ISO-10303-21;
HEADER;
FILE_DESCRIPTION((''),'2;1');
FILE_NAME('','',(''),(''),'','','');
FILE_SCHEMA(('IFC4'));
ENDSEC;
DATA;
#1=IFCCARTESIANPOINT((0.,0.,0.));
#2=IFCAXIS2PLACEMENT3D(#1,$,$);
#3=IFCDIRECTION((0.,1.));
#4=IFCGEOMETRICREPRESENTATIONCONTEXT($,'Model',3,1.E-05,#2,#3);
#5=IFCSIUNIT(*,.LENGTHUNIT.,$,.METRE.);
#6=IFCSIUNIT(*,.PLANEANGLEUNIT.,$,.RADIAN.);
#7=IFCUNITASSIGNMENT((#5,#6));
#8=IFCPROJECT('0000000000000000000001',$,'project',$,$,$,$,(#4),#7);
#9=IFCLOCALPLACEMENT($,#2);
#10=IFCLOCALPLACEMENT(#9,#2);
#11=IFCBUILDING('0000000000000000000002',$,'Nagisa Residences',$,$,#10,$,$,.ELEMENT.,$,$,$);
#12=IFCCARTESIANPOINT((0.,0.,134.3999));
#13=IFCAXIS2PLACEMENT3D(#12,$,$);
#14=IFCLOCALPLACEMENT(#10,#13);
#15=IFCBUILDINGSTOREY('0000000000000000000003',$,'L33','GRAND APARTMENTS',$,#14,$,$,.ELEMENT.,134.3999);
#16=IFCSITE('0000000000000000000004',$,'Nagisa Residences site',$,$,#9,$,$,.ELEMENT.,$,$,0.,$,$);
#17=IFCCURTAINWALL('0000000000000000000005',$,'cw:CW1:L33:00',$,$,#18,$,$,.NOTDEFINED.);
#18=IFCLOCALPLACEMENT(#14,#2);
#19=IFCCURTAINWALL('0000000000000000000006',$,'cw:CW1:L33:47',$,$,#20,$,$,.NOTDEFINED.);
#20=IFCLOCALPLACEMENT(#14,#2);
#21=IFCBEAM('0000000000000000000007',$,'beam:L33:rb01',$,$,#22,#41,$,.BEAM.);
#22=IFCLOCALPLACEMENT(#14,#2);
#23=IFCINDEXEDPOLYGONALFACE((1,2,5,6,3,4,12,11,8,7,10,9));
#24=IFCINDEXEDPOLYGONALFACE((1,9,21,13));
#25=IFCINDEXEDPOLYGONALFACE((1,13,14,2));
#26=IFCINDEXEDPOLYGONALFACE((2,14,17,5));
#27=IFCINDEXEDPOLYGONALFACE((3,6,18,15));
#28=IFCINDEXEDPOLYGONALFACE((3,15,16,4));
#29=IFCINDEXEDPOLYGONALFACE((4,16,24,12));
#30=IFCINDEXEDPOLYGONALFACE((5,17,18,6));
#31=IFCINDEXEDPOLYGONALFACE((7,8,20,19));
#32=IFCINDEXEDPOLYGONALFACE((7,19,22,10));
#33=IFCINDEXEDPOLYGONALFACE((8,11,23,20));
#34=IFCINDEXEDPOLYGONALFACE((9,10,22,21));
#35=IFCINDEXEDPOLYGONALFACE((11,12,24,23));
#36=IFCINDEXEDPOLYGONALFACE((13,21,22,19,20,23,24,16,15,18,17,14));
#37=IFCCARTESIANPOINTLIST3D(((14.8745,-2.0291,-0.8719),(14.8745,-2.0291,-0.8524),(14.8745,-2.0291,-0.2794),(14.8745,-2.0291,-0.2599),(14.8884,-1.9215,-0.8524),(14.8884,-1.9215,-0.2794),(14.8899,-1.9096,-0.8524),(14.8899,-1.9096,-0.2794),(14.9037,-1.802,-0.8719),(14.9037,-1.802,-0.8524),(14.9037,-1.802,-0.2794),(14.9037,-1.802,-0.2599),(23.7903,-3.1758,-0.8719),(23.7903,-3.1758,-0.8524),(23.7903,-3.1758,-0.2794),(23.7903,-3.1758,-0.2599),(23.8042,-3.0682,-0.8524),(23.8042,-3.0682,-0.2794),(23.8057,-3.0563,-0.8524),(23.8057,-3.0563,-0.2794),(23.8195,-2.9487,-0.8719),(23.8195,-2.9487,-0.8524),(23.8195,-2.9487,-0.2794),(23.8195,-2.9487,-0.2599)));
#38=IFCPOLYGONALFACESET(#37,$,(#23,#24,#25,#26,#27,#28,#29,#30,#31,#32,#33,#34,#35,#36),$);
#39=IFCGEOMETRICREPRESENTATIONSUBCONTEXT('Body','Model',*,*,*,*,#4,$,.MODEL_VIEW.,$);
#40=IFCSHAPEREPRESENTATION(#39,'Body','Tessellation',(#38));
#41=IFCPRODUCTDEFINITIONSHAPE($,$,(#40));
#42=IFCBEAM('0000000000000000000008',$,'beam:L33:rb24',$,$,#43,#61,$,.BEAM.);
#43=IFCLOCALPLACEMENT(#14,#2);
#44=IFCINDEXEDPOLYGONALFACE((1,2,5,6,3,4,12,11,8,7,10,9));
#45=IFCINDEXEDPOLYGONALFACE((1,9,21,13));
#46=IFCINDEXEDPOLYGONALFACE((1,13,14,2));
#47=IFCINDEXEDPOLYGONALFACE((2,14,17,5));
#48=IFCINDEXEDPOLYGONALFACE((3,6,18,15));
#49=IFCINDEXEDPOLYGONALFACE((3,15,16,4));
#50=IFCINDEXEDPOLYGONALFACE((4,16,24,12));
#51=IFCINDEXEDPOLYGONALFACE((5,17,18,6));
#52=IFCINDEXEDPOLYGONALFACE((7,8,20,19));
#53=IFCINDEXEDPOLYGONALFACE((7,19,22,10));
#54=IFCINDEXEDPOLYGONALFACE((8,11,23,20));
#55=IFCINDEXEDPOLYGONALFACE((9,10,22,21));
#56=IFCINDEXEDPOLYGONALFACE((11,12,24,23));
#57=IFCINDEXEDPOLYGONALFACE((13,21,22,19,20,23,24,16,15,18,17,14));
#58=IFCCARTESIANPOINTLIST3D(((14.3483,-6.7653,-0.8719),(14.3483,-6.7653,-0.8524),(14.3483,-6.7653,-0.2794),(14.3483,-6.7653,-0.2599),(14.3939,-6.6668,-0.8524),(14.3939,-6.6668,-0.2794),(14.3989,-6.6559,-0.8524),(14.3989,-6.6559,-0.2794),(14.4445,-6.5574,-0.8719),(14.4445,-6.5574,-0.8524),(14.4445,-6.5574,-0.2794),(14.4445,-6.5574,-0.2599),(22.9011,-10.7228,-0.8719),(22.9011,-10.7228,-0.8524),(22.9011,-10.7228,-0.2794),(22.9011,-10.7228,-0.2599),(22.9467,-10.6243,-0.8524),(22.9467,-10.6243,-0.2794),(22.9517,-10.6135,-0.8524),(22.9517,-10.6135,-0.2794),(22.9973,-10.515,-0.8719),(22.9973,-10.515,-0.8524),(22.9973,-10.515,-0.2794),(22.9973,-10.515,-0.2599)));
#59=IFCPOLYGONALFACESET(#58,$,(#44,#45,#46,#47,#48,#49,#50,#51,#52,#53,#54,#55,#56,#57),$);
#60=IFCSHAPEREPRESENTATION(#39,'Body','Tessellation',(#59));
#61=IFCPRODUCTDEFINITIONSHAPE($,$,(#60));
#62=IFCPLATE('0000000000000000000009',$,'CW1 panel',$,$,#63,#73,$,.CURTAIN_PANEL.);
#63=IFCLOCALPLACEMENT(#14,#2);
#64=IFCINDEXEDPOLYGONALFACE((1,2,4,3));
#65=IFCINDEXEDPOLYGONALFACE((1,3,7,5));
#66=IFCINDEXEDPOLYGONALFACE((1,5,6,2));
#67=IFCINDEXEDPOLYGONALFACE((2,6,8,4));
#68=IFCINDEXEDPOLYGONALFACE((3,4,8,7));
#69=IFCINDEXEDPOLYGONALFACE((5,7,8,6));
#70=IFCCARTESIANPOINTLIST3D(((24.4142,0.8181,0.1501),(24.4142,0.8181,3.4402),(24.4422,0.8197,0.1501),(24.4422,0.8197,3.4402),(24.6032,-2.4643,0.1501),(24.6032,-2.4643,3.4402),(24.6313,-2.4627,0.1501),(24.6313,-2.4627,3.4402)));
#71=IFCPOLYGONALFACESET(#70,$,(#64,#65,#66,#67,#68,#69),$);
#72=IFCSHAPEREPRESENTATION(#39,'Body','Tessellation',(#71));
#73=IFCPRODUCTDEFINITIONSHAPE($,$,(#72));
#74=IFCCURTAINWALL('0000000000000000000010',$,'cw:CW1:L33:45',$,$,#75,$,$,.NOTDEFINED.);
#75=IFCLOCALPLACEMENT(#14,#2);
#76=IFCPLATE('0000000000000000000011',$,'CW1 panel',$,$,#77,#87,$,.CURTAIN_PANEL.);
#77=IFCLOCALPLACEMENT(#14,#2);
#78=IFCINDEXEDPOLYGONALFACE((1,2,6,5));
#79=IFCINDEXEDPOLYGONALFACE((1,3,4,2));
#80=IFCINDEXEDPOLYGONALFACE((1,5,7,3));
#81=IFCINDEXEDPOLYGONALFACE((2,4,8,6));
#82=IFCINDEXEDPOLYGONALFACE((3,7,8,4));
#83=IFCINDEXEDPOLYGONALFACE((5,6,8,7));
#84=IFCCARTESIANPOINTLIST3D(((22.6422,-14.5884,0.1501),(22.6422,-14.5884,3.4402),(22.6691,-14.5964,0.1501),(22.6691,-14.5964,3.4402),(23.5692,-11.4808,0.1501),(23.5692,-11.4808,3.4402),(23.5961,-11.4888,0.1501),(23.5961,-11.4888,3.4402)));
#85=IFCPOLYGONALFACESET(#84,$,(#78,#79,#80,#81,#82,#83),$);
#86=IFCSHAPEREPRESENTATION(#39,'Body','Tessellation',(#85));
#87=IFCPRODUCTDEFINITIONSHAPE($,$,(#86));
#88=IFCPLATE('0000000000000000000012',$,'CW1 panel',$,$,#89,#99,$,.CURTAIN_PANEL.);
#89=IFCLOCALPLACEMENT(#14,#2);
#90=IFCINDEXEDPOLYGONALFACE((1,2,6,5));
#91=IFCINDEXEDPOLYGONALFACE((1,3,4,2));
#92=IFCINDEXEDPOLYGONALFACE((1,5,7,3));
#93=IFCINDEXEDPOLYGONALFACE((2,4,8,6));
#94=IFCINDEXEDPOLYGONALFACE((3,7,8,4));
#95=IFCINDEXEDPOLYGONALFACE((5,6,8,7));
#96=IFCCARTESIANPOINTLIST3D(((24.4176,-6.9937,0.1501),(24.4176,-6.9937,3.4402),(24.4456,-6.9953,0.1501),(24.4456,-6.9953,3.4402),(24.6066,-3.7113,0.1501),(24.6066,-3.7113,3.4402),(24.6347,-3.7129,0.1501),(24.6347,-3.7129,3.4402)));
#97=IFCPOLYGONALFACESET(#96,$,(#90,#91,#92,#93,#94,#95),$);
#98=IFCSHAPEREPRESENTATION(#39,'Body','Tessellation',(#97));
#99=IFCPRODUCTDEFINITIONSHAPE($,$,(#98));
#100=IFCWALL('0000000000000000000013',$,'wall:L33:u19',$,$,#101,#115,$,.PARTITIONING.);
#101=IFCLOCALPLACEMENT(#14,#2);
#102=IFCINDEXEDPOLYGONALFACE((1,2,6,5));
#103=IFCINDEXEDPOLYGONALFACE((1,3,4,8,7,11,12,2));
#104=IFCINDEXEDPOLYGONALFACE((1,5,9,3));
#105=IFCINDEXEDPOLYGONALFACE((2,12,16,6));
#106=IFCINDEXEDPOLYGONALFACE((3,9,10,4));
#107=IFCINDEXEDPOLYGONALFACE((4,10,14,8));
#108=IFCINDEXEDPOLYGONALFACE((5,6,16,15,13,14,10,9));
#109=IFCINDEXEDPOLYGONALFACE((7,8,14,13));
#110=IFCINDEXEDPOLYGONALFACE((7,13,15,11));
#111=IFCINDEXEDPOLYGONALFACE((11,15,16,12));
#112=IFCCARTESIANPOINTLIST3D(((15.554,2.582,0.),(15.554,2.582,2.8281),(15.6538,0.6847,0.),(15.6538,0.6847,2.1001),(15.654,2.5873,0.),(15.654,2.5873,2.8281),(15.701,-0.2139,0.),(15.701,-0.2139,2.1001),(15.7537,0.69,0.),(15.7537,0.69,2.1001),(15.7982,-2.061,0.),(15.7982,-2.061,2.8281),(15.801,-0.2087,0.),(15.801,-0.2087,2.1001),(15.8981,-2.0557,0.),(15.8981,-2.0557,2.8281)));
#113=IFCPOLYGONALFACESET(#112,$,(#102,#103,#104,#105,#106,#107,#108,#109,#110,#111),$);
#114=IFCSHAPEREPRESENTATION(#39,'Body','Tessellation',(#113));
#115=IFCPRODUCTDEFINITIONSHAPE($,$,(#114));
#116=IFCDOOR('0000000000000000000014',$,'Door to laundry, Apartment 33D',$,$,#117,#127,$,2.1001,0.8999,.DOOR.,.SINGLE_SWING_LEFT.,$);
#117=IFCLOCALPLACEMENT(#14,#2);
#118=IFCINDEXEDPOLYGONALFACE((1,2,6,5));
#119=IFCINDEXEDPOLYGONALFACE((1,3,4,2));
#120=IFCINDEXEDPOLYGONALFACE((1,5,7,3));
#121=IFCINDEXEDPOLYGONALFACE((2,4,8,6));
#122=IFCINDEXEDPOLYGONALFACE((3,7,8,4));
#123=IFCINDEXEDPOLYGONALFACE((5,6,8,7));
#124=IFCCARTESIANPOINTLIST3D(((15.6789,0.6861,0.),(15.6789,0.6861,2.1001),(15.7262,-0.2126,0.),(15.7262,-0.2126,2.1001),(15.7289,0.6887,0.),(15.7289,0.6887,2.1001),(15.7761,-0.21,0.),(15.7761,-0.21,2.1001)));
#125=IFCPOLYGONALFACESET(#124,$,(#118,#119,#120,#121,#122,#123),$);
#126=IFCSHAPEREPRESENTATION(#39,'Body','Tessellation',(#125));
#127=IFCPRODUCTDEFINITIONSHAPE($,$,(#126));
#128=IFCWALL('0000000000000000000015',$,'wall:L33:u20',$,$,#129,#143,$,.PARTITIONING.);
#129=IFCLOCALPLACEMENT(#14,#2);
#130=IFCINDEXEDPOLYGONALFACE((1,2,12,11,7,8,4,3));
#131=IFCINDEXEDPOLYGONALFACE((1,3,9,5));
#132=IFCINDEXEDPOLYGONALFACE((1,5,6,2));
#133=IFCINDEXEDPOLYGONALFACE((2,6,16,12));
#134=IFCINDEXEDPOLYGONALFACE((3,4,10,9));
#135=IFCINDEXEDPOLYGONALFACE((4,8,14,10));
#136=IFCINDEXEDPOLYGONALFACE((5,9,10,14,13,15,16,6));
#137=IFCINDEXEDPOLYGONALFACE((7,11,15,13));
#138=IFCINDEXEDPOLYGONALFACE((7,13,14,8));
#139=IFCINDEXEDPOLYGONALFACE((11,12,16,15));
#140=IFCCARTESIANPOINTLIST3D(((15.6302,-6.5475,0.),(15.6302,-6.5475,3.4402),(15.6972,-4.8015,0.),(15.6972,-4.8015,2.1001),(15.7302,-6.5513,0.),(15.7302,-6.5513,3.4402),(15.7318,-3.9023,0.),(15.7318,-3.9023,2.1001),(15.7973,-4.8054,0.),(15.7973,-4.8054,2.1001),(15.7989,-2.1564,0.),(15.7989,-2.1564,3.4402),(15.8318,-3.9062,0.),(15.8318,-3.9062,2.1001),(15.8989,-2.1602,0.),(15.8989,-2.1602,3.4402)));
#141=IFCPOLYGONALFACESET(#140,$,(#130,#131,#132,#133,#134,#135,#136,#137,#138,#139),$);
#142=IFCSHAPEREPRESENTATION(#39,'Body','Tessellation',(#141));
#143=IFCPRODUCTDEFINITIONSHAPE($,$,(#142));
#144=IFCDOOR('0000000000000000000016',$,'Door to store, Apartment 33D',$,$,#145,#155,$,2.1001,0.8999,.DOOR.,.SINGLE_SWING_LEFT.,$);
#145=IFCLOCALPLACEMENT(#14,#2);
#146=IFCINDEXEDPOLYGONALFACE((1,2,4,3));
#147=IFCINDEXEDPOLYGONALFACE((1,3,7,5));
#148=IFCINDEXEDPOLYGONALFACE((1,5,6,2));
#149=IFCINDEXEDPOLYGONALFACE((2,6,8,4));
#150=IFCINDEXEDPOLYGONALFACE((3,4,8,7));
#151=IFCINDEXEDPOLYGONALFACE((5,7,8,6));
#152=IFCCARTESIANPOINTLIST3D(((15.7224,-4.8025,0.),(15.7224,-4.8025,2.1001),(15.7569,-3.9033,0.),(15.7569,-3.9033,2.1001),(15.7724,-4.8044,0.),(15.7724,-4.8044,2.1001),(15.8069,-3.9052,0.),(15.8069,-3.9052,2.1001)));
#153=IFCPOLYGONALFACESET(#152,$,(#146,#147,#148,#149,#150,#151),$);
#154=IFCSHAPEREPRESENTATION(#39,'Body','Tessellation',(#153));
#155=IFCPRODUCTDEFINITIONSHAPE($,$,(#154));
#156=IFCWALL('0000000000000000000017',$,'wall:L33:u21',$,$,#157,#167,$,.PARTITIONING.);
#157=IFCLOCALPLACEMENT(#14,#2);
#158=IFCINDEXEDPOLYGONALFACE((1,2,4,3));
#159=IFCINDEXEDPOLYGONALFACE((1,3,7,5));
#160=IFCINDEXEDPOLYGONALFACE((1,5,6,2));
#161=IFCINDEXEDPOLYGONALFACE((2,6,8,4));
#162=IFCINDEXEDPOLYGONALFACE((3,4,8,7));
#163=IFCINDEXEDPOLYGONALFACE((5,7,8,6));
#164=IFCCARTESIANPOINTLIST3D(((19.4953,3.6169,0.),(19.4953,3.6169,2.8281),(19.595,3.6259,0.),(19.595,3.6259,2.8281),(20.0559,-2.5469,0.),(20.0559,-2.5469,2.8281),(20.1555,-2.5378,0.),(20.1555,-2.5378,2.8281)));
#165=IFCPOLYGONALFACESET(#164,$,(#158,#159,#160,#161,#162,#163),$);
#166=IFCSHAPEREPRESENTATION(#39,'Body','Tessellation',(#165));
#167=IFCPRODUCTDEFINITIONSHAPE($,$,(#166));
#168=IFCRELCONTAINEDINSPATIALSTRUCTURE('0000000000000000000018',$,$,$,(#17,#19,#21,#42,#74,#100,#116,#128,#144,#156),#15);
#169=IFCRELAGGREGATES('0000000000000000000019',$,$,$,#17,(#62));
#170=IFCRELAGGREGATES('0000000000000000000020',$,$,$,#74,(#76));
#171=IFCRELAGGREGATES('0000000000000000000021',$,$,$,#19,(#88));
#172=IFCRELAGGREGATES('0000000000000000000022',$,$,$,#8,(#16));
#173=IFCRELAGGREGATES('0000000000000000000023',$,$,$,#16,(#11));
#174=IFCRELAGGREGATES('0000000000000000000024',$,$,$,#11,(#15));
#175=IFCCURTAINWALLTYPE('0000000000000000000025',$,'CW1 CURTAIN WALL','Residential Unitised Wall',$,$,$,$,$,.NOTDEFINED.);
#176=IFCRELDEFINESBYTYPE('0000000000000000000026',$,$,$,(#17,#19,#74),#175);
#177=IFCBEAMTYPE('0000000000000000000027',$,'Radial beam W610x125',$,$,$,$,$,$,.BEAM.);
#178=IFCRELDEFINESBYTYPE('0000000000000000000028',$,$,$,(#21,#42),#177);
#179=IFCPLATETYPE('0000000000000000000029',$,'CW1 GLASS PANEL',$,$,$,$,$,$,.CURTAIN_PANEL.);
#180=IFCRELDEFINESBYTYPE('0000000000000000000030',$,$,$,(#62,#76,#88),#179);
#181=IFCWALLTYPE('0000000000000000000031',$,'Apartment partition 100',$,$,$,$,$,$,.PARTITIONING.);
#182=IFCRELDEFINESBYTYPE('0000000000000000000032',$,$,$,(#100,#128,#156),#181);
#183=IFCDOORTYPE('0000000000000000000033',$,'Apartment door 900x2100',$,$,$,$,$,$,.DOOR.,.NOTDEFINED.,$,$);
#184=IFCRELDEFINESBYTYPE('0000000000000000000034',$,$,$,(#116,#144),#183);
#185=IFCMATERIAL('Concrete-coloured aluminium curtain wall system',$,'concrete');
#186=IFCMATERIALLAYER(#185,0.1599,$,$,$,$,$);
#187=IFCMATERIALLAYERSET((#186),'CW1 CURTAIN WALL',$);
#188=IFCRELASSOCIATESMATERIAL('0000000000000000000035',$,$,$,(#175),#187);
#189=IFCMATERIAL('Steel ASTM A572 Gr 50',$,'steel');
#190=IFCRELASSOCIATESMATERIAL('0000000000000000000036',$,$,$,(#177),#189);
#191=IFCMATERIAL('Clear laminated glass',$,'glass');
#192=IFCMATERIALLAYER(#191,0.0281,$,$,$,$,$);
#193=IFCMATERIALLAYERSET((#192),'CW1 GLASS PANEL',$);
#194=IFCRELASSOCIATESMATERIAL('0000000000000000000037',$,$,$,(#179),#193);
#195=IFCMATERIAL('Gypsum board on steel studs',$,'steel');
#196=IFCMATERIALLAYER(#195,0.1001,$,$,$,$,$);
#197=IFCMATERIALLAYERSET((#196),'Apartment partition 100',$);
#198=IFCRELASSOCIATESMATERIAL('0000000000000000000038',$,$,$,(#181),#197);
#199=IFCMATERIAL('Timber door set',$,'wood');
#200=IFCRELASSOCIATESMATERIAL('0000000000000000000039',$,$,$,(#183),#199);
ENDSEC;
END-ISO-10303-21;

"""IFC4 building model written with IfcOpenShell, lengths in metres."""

from ifc_helpers import new_model, si_unit, direction, frame, frame_2d, origin, origin_2d, place, context, subcontext, project, spatial, rectangle, i_section, extrude, material, layer, layer_set, material_profile, profile_set, type_object, element, fill, aggregate, save


model = new_model("IFC4")

# Units and contexts
model_context = context("Model", 3, precision=1e-05, world=origin(), true_north=direction((0.0, 1.0)))
body_context = subcontext(model_context, "Body", "Model", "MODEL_VIEW")
ifc_project = project(units=[si_unit("LENGTHUNIT", "METRE"), si_unit("PLANEANGLEUNIT", "RADIAN")], contexts=[model_context])

# Site, building, storey
site_placement = place(None, origin())
site = spatial("IfcSite", under=ifc_project, at=site_placement, Name="Nagisa Residences site", CompositionType="ELEMENT", RefElevation=0.0)
building_placement = place(site_placement, origin())
building = spatial("IfcBuilding", under=site, at=building_placement, Name="Nagisa Residences", CompositionType="ELEMENT")
storey_placement = place(building_placement, frame((0.0, 0.0, 134.3999)))
storey = spatial("IfcBuildingStorey", under=building, at=storey_placement, Name="L33", Description="GRAND APARTMENTS", CompositionType="ELEMENT", Elevation=134.3999)

# Curtain walls
ifc_material_1 = material(Name="Concrete-coloured aluminium curtain wall system", Category="concrete")
ifc_layer_1 = layer(ifc_material_1, 0.1599)
ifc_layer_set_1 = layer_set([ifc_layer_1], Name="CW1 CURTAIN WALL")
curtain_wall_type = type_object("IfcCurtainWallType", Name="CW1 CURTAIN WALL", Description="Residential Unitised Wall", PredefinedType="NOTDEFINED", material=ifc_layer_set_1)
curtain_wall_1_placement = place(storey_placement, origin())
curtain_wall_1 = element("IfcCurtainWall", 1, at=curtain_wall_1_placement, inside=storey, type_object=curtain_wall_type, Name="cw:CW1:L33:00", PredefinedType="NOTDEFINED")
curtain_wall_2_placement = place(storey_placement, origin())
curtain_wall_2 = element("IfcCurtainWall", 2, at=curtain_wall_2_placement, inside=storey, type_object=curtain_wall_type, Name="cw:CW1:L33:47", PredefinedType="NOTDEFINED")

# Beams
ifc_material_2 = material(Name="Steel ASTM A572 Gr 50", Category="steel")
ifc_material_profile_1 = material_profile(ifc_material_2, i_section(OverallWidth=0.229, OverallDepth=0.6121, WebThickness=0.012, FlangeThickness=0.0195, at=origin_2d()), Name="W610x125")
ifc_profile_set_1 = profile_set([ifc_material_profile_1], Name="Steel ASTM A572 Gr 50")
beam_type_1 = type_object("IfcBeamType", Name="Radial beam W610x125", PredefinedType="BEAM", material=ifc_profile_set_1)
beam_1_placement = place(storey_placement, frame((23.8049, -3.0623, -0.5659), z_axis=(-0.99183, 0.127567, 0.0), x_axis=(-0.127567, -0.99183, 0.0)))
element("IfcBeam", 3, at=beam_1_placement, inside=storey, type_object=beam_type_1, Name="beam:L33:rb01", PredefinedType="BEAM", context=body_context, shape_type="SweptSolid", body=[
    extrude(i_section(OverallWidth=0.229, OverallDepth=0.6121, WebThickness=0.012, FlangeThickness=0.0195, at=origin_2d()), origin(), (0.0, 0.0, 1.0), 8.9893),
])
beam_2_placement = place(storey_placement, frame((22.9492, -10.6189, -0.5659), z_axis=(-0.907551, 0.419942, 0.0), x_axis=(-0.419942, -0.907551, 0.0)))
element("IfcBeam", 4, at=beam_2_placement, inside=storey, type_object=beam_type_1, Name="beam:L33:rb24", PredefinedType="BEAM", context=body_context, shape_type="SweptSolid", body=[
    extrude(i_section(OverallWidth=0.229, OverallDepth=0.6121, WebThickness=0.012, FlangeThickness=0.0195, at=origin_2d()), origin(), (0.0, 0.0, 1.0), 9.4241),
])

# Plate
ifc_material_3 = material(Name="Clear laminated glass", Category="glass")
ifc_layer_2 = layer(ifc_material_3, 0.0281)
ifc_layer_set_2 = layer_set([ifc_layer_2], Name="CW1 GLASS PANEL")
plate_type = type_object("IfcPlateType", Name="CW1 GLASS PANEL", PredefinedType="CURTAIN_PANEL", material=ifc_layer_set_2)
plate_1_placement = place(storey_placement, frame((24.5227, -0.8223, 0.1501), z_axis=(0.0, 0.0, 1.0), x_axis=(-0.057503, 0.998345, 0.0)))
plate_1 = element("IfcPlate", 5, at=plate_1_placement, type_object=plate_type, Name="CW1 panel", PredefinedType="CURTAIN_PANEL", context=body_context, shape_type="SweptSolid", body=[
    extrude(rectangle(XDim=3.2878, YDim=0.0281, at=origin_2d()), origin(), (0.0, 0.0, 1.0), 3.29),
])
aggregate(curtain_wall_1, [plate_1])

# Curtain wall, plate
curtain_wall_3_placement = place(storey_placement, origin())
curtain_wall_3 = element("IfcCurtainWall", 6, at=curtain_wall_3_placement, inside=storey, type_object=curtain_wall_type, Name="cw:CW1:L33:45", PredefinedType="NOTDEFINED")
plate_2_placement = place(storey_placement, frame((23.1191, -13.0386, 0.1501), z_axis=(0.0, 0.0, 1.0), x_axis=(0.28586, 0.958271, 0.0)))
plate_2 = element("IfcPlate", 7, at=plate_2_placement, type_object=plate_type, Name="CW1 panel", PredefinedType="CURTAIN_PANEL", context=body_context, shape_type="SweptSolid", body=[
    extrude(rectangle(XDim=3.2429, YDim=0.0281, at=origin_2d()), origin(), (0.0, 0.0, 1.0), 3.29),
])
aggregate(curtain_wall_3, [plate_2])

# Plate
plate_3_placement = place(storey_placement, frame((24.5261, -5.3533, 0.1501), z_axis=(0.0, 0.0, 1.0), x_axis=(0.057503, 0.998345, 0.0)))
plate_3 = element("IfcPlate", 8, at=plate_3_placement, type_object=plate_type, Name="CW1 panel", PredefinedType="CURTAIN_PANEL", context=body_context, shape_type="SweptSolid", body=[
    extrude(rectangle(XDim=3.2878, YDim=0.0281, at=origin_2d()), origin(), (0.0, 0.0, 1.0), 3.29),
])
aggregate(curtain_wall_2, [plate_3])

# Walls, openings, doors
ifc_material_4 = material(Name="Gypsum board on steel studs", Category="steel")
ifc_layer_3 = layer(ifc_material_4, 0.1001)
ifc_layer_set_3 = layer_set([ifc_layer_3], Name="Apartment partition 100")
wall_type_1 = type_object("IfcWallType", Name="Apartment partition 100", PredefinedType="PARTITIONING", material=ifc_layer_set_3)
wall_1_placement = place(storey_placement, frame((15.8481, -2.0583, 0.0), z_axis=(0.0, 0.0, 1.0), x_axis=(-0.052509, 0.99862, 0.0)))
wall_1 = element("IfcWall", 9, at=wall_1_placement, inside=storey, type_object=wall_type_1, Name="wall:L33:u19", PredefinedType="PARTITIONING", context=body_context, shape_type="SweptSolid", body=[
    extrude(rectangle(XDim=4.6494, YDim=0.1001, at=frame_2d((2.3247, 0.0))), origin(), (0.0, 0.0, 1.0), 2.8281),
])
opening_1_placement = place(wall_1_placement, frame((1.8496, 0.0, 0.0)))
opening_1 = element("IfcOpeningElement", 10, at=opening_1_placement, cuts=wall_1, PredefinedType="OPENING", context=body_context, shape_type="SweptSolid", body=[
    extrude(rectangle(XDim=0.8999, YDim=2.1001, at=frame_2d((0.45, 1.05))), frame((0.0, 0.0601, 0.0), z_axis=(0.0, -1.0, 0.0), x_axis=(1.0, 0.0, 0.0)), (0.0, 0.0, 1.0), 0.1201),
])
ifc_material_5 = material(Name="Timber door set", Category="wood")
door_type_1 = type_object("IfcDoorType", Name="Apartment door 900x2100", OperationType="NOTDEFINED", PredefinedType="DOOR", material=ifc_material_5)
door_1_placement = place(opening_1_placement, origin())
door_1 = element("IfcDoor", 11, at=door_1_placement, inside=storey, type_object=door_type_1, Name="Door to laundry, Apartment 33D", OperationType="SINGLE_SWING_LEFT", OverallHeight=2.1001, OverallWidth=0.8999, PredefinedType="DOOR", context=body_context, shape_type="SweptSolid", body=[
    extrude(rectangle(XDim=0.8999, YDim=2.1001, at=frame_2d((0.45, 1.05))), frame((0.0, 0.0249, 0.0), z_axis=(0.0, -1.0, 0.0), x_axis=(1.0, 0.0, 0.0)), (0.0, 0.0, 1.0), 0.05),
])
fill(opening_1, door_1)
wall_2_placement = place(storey_placement, frame((15.8489, -2.1582, 0.0), z_axis=(0.0, 0.0, 1.0), x_axis=(-0.03839, -0.999263, 0.0)))
wall_2 = element("IfcWall", 12, at=wall_2_placement, inside=storey, type_object=wall_type_1, Name="wall:L33:u20", PredefinedType="PARTITIONING", context=body_context, shape_type="SweptSolid", body=[
    extrude(rectangle(XDim=4.3943, YDim=0.1001, at=frame_2d((2.1973, 0.0))), origin(), (0.0, 0.0, 1.0), 3.4402),
])
opening_2_placement = place(wall_2_placement, frame((1.7473, 0.0, 0.0)))
opening_2 = element("IfcOpeningElement", 13, at=opening_2_placement, cuts=wall_2, PredefinedType="OPENING", context=body_context, shape_type="SweptSolid", body=[
    extrude(rectangle(XDim=0.8999, YDim=2.1001, at=frame_2d((0.45, 1.05))), frame((0.0, 0.0601, 0.0), z_axis=(0.0, -1.0, 0.0), x_axis=(1.0, 0.0, 0.0)), (0.0, 0.0, 1.0), 0.1201),
])
door_2_placement = place(opening_2_placement, frame((0.8999, 0.0, 0.0), x_axis=(-1.0, 0.0, 0.0)))
door_2 = element("IfcDoor", 14, at=door_2_placement, inside=storey, type_object=door_type_1, Name="Door to store, Apartment 33D", OperationType="SINGLE_SWING_LEFT", OverallHeight=2.1001, OverallWidth=0.8999, PredefinedType="DOOR", context=body_context, shape_type="SweptSolid", body=[
    extrude(rectangle(XDim=0.8999, YDim=2.1001, at=frame_2d((0.45, 1.05))), frame((0.0, 0.0249, 0.0), z_axis=(0.0, -1.0, 0.0), x_axis=(1.0, 0.0, 0.0)), (0.0, 0.0, 1.0), 0.05),
])
fill(opening_2, door_2)

# Wall
wall_3_placement = place(storey_placement, frame((20.1057, -2.5425, 0.0), z_axis=(0.0, 0.0, 1.0), x_axis=(-0.090568, 0.99589, 0.0)))
element("IfcWall", 15, at=wall_3_placement, inside=storey, type_object=wall_type_1, Name="wall:L33:u21", PredefinedType="PARTITIONING", context=body_context, shape_type="SweptSolid", body=[
    extrude(rectangle(XDim=6.1892, YDim=0.1001, at=frame_2d((3.0947, 0.0))), origin(), (0.0, 0.0, 1.0), 2.8281),
])

save(model, "model.ifc")
